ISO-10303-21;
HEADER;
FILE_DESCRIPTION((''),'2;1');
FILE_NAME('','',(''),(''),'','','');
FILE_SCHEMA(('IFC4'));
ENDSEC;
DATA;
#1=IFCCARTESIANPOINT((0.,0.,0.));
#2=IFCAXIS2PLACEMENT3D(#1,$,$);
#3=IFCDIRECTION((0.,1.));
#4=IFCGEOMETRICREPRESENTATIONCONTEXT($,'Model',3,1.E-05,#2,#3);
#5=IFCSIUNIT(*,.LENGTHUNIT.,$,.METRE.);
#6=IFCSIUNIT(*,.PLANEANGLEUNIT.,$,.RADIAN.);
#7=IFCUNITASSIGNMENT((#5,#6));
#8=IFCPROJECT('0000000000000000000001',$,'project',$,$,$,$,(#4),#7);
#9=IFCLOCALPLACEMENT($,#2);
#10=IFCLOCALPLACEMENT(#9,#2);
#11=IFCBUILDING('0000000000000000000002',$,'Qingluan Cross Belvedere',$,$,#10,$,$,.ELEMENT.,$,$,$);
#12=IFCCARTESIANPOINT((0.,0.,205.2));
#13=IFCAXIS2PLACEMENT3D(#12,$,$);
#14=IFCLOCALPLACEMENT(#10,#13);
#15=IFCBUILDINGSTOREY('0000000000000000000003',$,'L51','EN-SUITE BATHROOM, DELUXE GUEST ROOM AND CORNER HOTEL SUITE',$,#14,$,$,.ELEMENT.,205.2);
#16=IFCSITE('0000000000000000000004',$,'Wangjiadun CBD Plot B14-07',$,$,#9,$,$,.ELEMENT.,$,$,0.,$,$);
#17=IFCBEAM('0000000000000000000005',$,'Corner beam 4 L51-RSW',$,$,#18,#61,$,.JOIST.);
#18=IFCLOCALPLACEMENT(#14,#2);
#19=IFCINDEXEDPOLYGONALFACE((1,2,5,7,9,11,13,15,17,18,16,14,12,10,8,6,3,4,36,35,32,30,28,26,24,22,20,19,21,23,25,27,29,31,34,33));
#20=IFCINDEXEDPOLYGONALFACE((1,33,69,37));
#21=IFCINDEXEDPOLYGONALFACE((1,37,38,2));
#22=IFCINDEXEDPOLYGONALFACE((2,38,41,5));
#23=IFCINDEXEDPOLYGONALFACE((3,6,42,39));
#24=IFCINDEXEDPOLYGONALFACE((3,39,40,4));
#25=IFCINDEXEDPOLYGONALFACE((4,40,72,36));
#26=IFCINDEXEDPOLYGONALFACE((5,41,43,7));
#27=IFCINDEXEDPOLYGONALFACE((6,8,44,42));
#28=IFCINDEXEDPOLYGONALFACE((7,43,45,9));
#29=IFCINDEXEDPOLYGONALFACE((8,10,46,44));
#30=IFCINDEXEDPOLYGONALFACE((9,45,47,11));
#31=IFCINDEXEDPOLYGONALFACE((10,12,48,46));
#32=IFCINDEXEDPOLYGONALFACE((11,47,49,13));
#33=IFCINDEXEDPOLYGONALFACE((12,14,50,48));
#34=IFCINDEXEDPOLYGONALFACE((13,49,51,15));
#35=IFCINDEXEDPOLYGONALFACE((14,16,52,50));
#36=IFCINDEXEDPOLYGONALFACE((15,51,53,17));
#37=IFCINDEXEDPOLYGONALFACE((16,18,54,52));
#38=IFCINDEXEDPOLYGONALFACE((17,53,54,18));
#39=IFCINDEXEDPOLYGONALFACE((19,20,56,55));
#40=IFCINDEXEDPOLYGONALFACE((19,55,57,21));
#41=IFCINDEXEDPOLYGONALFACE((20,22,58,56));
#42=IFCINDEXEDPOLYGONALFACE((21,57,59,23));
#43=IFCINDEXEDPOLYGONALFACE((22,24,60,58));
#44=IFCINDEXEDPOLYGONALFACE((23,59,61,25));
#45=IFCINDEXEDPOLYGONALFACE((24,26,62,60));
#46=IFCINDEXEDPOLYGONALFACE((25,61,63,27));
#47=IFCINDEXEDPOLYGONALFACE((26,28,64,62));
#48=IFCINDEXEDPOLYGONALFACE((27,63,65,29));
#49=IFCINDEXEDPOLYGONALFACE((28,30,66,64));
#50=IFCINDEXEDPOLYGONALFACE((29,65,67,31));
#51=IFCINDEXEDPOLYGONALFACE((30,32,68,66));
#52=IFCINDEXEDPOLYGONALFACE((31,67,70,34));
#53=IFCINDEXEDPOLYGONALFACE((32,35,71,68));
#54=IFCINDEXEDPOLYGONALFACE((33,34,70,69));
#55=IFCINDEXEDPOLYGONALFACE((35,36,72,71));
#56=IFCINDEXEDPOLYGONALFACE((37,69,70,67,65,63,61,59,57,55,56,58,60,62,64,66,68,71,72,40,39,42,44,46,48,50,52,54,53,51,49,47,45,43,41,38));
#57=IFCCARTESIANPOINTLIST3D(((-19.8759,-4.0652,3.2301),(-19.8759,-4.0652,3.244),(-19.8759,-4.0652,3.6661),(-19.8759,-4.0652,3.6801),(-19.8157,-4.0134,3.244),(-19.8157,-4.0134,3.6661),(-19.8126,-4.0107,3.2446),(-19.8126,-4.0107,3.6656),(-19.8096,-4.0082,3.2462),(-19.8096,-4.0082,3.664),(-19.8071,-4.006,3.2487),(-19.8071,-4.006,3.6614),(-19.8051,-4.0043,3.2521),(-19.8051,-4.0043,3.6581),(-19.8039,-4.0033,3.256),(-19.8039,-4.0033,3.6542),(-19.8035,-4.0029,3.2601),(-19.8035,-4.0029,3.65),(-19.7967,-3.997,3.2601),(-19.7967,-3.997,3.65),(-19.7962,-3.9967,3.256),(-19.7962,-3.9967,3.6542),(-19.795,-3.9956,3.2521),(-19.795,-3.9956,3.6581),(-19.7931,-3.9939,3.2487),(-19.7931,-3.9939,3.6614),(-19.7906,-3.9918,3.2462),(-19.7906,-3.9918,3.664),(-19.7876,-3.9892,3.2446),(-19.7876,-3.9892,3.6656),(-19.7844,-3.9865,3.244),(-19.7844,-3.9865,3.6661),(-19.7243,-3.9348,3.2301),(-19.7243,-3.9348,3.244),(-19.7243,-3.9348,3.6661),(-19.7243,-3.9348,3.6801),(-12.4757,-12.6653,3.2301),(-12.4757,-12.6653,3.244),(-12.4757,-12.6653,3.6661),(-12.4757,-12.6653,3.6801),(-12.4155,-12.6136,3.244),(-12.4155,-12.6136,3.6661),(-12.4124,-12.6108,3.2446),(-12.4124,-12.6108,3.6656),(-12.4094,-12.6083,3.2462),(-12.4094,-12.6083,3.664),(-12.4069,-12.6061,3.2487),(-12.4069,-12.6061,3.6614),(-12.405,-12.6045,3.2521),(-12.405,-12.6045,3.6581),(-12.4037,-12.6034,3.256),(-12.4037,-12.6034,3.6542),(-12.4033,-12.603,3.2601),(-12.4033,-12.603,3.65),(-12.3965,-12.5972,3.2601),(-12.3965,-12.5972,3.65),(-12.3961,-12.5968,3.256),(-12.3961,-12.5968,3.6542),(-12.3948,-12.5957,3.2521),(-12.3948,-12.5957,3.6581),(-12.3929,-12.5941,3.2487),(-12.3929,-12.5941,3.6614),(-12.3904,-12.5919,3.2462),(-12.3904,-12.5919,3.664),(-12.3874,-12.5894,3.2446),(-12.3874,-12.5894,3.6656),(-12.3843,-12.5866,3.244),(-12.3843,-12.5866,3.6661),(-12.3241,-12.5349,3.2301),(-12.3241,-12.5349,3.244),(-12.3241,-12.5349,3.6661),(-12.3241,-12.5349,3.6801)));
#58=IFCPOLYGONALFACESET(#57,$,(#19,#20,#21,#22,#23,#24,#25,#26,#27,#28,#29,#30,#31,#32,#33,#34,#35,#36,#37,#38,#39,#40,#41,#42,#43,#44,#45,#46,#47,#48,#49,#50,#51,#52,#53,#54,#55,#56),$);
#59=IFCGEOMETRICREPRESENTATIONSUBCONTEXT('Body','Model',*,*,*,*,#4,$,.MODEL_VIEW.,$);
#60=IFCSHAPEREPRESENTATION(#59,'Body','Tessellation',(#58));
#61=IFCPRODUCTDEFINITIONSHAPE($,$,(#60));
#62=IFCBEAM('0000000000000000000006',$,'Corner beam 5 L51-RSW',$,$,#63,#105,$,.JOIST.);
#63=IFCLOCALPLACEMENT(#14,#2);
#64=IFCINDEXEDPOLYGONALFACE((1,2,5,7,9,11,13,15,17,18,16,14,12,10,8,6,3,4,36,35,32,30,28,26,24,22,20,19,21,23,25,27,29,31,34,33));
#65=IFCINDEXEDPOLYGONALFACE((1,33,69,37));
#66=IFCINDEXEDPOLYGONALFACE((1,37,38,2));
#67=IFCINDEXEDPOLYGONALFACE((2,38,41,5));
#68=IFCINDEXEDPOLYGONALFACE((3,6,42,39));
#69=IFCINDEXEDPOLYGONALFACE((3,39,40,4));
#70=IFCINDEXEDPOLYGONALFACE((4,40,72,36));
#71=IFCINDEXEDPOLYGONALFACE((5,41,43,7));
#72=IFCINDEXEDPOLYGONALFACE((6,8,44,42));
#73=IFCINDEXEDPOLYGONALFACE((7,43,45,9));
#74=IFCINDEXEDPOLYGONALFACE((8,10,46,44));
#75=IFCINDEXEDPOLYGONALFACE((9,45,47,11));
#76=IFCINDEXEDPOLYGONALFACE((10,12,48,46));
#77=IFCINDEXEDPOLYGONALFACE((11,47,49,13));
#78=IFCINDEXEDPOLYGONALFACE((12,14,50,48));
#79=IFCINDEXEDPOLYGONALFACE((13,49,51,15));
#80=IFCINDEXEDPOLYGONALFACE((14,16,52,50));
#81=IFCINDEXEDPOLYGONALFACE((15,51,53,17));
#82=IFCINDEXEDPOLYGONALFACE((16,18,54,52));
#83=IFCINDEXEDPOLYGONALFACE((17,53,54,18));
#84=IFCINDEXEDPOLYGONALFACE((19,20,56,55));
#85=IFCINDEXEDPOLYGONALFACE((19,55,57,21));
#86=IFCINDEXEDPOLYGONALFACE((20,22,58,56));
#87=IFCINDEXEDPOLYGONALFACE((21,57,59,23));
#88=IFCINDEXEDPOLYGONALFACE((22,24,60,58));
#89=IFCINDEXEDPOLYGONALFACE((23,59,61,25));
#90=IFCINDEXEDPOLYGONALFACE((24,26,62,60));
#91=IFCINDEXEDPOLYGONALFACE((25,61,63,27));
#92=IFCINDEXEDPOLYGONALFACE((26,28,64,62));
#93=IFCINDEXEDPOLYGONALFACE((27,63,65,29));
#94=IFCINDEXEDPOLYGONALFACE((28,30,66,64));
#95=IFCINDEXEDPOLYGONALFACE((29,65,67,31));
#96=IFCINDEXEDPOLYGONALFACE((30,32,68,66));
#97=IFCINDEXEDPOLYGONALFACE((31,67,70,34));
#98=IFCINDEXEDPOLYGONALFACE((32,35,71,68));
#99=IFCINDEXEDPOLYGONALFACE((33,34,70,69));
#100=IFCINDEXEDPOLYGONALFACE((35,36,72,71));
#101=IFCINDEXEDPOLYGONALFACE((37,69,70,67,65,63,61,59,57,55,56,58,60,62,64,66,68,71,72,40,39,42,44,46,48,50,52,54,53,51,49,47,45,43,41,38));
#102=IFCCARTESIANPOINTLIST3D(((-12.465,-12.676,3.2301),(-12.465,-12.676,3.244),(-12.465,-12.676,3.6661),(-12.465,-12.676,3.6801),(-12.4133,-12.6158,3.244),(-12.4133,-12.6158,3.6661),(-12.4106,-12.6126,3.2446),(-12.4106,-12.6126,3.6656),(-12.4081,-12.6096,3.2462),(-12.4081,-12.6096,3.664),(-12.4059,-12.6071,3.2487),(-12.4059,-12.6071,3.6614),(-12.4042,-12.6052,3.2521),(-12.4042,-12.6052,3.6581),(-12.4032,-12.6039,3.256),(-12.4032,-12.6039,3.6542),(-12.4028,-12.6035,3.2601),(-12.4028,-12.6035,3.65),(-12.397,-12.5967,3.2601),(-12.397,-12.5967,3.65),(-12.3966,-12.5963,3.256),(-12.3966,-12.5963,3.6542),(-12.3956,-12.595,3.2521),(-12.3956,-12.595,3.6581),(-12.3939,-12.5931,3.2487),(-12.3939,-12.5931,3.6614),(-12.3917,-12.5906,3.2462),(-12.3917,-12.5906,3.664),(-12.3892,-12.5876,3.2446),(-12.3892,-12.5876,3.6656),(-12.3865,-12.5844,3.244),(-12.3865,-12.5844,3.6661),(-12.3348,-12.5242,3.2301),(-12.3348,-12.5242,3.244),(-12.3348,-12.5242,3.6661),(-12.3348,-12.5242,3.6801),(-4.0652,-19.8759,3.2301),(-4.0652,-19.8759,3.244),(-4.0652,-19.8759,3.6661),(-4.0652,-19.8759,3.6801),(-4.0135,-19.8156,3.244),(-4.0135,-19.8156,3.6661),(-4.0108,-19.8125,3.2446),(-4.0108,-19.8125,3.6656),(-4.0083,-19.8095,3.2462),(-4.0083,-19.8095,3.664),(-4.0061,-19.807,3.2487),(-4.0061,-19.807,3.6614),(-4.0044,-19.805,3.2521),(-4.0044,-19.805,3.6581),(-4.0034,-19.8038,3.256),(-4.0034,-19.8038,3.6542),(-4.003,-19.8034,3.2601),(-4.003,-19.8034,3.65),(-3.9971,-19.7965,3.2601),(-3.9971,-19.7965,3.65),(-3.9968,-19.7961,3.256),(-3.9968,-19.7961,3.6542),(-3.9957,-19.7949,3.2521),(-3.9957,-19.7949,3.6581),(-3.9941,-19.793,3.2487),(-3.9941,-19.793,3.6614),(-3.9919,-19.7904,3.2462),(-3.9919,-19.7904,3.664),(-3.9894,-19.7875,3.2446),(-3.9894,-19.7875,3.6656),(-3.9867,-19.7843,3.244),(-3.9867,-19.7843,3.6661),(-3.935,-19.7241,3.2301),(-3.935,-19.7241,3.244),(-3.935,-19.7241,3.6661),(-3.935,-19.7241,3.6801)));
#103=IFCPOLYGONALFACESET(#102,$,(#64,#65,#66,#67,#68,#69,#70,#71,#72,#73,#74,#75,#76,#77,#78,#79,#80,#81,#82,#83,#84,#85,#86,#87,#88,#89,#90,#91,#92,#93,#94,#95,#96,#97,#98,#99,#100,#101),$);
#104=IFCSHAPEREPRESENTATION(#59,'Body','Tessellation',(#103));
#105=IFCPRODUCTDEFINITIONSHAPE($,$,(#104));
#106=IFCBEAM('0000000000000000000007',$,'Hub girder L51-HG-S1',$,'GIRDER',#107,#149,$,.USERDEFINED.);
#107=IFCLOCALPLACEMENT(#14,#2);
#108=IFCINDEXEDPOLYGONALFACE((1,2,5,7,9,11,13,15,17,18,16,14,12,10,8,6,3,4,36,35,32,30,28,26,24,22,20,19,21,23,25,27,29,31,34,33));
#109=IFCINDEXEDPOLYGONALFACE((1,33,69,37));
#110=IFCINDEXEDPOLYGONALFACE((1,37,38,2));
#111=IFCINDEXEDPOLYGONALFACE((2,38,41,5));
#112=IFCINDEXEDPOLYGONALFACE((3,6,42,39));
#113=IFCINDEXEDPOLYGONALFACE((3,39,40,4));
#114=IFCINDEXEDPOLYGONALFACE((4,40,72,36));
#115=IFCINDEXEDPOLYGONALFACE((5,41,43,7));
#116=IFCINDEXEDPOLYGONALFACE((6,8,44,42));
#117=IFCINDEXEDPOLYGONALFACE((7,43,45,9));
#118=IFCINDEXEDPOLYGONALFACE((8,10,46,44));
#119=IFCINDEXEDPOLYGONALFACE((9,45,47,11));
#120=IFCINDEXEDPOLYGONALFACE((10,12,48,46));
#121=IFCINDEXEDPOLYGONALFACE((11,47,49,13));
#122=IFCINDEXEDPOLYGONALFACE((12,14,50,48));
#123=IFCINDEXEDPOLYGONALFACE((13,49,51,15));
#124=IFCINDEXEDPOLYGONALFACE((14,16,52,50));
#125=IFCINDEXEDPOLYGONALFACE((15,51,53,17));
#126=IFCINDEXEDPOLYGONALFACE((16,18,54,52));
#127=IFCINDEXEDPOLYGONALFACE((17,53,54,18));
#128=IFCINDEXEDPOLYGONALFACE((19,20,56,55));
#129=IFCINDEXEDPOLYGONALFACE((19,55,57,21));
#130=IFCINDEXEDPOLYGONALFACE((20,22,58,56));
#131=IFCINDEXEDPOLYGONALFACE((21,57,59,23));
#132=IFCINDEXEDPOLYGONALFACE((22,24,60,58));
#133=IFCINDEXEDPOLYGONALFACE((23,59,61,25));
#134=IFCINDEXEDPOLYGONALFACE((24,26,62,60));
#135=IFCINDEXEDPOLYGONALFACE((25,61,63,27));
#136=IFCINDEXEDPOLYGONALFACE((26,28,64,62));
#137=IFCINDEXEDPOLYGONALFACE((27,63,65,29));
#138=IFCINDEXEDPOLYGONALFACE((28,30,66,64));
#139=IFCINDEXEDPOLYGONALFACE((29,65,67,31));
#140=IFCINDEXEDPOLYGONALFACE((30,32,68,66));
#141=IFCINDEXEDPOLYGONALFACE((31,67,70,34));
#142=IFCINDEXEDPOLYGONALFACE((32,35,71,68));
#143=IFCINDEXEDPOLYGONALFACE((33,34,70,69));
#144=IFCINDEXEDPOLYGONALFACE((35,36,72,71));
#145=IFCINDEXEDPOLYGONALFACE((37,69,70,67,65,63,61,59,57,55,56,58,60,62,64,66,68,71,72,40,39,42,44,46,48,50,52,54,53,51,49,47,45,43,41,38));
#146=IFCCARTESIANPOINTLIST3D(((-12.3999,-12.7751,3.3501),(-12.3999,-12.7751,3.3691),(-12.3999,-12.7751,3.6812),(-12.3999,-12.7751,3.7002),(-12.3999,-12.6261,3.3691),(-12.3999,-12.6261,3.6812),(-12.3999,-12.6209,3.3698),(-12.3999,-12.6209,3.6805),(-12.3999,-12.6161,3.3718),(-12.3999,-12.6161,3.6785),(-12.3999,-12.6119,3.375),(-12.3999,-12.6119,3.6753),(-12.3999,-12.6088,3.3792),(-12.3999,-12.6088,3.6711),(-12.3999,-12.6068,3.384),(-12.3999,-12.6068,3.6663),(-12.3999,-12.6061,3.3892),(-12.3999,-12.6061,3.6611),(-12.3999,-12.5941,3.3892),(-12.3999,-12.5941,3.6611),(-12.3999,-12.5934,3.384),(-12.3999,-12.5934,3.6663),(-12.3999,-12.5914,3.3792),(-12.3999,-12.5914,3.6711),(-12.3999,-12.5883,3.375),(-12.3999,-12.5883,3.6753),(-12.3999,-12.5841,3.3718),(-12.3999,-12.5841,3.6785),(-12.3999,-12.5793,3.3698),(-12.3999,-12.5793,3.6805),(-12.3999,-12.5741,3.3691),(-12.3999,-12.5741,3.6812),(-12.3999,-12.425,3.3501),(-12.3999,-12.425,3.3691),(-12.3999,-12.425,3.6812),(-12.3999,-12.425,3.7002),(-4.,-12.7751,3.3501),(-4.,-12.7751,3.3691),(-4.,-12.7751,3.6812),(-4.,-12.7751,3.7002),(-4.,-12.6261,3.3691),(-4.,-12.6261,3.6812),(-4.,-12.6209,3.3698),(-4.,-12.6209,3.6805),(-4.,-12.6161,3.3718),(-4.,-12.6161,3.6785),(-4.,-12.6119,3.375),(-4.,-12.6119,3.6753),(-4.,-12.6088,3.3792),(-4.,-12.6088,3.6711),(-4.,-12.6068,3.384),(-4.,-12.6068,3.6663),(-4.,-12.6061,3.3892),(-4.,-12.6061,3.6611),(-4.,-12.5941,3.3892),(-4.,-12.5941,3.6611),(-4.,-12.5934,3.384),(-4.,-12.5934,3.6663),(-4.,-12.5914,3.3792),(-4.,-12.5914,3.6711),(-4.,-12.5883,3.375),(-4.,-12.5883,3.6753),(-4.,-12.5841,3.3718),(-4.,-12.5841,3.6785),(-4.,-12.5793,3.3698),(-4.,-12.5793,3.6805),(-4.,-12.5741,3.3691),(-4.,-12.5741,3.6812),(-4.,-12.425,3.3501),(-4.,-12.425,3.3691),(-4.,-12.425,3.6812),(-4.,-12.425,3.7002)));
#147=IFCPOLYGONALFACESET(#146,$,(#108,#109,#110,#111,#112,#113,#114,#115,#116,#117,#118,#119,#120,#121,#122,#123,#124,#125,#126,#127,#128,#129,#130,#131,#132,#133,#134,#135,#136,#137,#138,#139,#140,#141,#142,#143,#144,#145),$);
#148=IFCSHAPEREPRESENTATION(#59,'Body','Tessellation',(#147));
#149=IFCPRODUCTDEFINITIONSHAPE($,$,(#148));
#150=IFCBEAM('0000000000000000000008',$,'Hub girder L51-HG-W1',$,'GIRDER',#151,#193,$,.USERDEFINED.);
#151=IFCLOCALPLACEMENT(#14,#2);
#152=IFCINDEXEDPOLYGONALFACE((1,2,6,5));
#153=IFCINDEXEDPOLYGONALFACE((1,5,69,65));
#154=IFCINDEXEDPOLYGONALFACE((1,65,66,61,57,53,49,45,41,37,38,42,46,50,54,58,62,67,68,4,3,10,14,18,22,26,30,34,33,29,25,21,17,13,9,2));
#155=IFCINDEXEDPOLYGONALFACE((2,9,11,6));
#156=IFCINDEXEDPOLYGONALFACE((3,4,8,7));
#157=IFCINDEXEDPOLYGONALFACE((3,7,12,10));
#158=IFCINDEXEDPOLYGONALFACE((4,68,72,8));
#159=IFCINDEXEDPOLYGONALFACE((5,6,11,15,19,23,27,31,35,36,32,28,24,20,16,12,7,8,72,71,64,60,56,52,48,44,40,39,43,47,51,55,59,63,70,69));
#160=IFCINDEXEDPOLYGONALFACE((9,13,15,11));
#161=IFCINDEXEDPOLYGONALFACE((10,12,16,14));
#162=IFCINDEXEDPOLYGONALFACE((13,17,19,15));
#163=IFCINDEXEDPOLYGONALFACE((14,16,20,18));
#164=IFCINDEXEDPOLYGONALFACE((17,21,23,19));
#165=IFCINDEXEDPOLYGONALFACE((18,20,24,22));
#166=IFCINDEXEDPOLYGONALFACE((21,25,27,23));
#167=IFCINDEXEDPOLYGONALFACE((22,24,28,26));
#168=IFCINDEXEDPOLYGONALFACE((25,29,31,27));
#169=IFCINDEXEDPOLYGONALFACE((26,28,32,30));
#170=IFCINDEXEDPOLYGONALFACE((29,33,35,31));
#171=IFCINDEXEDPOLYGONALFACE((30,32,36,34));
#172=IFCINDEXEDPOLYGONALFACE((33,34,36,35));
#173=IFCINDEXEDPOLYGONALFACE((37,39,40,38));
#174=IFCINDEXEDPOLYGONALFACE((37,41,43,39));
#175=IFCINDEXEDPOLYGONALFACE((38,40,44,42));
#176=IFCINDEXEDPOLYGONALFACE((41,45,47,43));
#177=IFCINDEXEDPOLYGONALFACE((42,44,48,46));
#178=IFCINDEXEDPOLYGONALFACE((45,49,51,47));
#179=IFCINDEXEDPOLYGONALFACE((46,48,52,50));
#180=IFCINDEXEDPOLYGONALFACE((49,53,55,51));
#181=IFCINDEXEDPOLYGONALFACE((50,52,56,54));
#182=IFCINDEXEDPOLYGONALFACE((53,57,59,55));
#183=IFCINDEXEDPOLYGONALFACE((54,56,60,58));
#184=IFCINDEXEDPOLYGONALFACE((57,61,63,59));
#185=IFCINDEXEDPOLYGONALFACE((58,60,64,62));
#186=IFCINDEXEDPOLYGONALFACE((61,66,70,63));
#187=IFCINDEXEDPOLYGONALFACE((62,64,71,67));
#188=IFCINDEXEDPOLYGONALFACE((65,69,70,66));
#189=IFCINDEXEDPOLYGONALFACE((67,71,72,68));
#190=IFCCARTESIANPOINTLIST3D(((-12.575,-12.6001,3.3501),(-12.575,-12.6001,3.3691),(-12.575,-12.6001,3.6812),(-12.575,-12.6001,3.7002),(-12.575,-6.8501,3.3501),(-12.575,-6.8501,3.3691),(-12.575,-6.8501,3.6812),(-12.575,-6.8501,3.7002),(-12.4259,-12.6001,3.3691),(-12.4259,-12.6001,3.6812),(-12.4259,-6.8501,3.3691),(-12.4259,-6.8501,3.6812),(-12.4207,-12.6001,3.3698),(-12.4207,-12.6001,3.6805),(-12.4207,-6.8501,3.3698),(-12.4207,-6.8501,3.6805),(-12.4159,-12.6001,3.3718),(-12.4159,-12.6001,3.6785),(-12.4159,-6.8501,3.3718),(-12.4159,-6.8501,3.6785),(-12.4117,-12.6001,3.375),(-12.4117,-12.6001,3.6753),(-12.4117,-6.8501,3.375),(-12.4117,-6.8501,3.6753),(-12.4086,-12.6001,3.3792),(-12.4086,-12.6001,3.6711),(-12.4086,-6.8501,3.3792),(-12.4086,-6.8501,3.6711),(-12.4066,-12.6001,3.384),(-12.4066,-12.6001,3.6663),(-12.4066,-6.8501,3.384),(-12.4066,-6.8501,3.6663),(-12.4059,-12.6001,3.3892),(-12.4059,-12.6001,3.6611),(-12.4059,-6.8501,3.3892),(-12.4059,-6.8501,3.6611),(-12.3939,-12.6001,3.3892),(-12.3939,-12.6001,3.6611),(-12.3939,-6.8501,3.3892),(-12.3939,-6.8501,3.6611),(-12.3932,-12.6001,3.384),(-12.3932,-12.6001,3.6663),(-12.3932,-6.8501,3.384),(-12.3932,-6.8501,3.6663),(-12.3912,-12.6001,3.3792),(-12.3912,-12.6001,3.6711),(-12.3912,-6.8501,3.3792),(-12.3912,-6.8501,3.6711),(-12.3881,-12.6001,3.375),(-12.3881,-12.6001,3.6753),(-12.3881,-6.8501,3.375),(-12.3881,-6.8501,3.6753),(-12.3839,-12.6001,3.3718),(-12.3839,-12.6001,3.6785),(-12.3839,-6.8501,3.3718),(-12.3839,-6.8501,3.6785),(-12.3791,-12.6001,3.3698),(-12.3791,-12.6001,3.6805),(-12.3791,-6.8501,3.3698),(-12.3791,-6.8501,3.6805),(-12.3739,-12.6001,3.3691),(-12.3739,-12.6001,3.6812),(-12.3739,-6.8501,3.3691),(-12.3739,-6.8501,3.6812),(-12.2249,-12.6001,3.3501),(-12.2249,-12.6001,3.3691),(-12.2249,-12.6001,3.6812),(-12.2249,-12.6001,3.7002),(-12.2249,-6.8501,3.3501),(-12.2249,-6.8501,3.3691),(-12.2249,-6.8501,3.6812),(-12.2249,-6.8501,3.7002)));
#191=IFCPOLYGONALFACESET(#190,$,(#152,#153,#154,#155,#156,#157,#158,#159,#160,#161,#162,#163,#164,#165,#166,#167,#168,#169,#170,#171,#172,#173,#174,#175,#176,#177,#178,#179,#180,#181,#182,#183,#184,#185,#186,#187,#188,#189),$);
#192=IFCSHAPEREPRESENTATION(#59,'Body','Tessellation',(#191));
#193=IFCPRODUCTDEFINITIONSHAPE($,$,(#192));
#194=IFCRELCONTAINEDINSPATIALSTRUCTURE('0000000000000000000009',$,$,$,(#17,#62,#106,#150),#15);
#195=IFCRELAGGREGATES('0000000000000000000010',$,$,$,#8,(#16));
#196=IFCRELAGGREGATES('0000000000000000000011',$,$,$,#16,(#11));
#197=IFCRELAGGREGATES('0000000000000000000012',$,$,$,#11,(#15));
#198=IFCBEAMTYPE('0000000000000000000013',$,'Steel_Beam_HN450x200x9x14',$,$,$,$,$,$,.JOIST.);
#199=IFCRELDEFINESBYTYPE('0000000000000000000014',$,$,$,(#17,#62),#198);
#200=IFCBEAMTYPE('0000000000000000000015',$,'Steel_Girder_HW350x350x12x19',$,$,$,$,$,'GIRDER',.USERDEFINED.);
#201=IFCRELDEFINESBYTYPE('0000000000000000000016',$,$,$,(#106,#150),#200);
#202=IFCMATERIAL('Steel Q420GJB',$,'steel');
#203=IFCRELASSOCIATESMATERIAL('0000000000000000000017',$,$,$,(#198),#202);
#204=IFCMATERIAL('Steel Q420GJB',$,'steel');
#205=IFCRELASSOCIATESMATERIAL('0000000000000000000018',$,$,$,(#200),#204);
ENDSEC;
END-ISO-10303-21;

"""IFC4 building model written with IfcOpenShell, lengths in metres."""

from ifc_helpers import new_model, si_unit, direction, frame, origin, origin_2d, place, context, subcontext, project, spatial, i_section, extrude, material, material_profile, profile_set, type_object, element, save


model = new_model("IFC4")

# Units and contexts
model_context = context("Model", 3, precision=1e-05, world=origin(), true_north=direction((0.0, 1.0)))
body_context = subcontext(model_context, "Body", "Model", "MODEL_VIEW")
ifc_project = project(units=[si_unit("LENGTHUNIT", "METRE"), si_unit("PLANEANGLEUNIT", "RADIAN")], contexts=[model_context])

# Site, building, storey
site_placement = place(None, origin())
site = spatial("IfcSite", under=ifc_project, at=site_placement, Name="Wangjiadun CBD Plot B14-07", CompositionType="ELEMENT", RefElevation=0.0)
building_placement = place(site_placement, origin())
building = spatial("IfcBuilding", under=site, at=building_placement, Name="Qingluan Cross Belvedere", CompositionType="ELEMENT")
storey_placement = place(building_placement, frame((0.0, 0.0, 205.2)))
storey = spatial("IfcBuildingStorey", under=building, at=storey_placement, Name="L51", Description="EN-SUITE BATHROOM, DELUXE GUEST ROOM AND CORNER HOTEL SUITE", CompositionType="ELEMENT", Elevation=205.2)

# Beams
ifc_material_1 = material(Name="Steel Q420GJB", Category="steel")
ifc_material_profile_1 = material_profile(ifc_material_1, i_section(OverallWidth=0.2, OverallDepth=0.45, WebThickness=0.009, FlangeThickness=0.0139, FilletRadius=0.0161, at=origin_2d()), Name="HN450x200x9x14")
ifc_profile_set_1 = profile_set([ifc_material_profile_1], Name="Steel Q420GJB")
beam_type_1 = type_object("IfcBeamType", Name="Steel_Beam_HN450x200x9x14", PredefinedType="JOIST", material=ifc_profile_set_1)
beam_1_placement = place(storey_placement, frame((-12.3999, -12.6001, 3.4551), z_axis=(-0.652245, 0.758008, 0.0), x_axis=(-0.758008, -0.652245, 0.0)))
element("IfcBeam", 1, at=beam_1_placement, inside=storey, type_object=beam_type_1, Name="Corner beam 4 L51-RSW", PredefinedType="JOIST", context=body_context, shape_type="SweptSolid", body=[
    extrude(i_section(OverallWidth=0.2, OverallDepth=0.45, WebThickness=0.009, FlangeThickness=0.0139, FilletRadius=0.0161, at=origin_2d()), origin(), (0.0, 0.0, 1.0), 11.3457),
])
beam_2_placement = place(storey_placement, frame((-12.3999, -12.6001, 3.4551), z_axis=(0.759255, -0.650793, 0.0), x_axis=(0.650793, 0.759255, 0.0)))
element("IfcBeam", 2, at=beam_2_placement, inside=storey, type_object=beam_type_1, Name="Corner beam 5 L51-RSW", PredefinedType="JOIST", context=body_context, shape_type="SweptSolid", body=[
    extrude(i_section(OverallWidth=0.2, OverallDepth=0.45, WebThickness=0.009, FlangeThickness=0.0139, FilletRadius=0.0161, at=origin_2d()), origin(), (0.0, 0.0, 1.0), 11.0632),
])
ifc_material_2 = material(Name="Steel Q420GJB", Category="steel")
ifc_material_profile_2 = material_profile(ifc_material_2, i_section(OverallWidth=0.3501, OverallDepth=0.3501, WebThickness=0.012, FlangeThickness=0.019, FilletRadius=0.02, at=origin_2d()), Name="HW350x350x12x19")
ifc_profile_set_2 = profile_set([ifc_material_profile_2], Name="Steel Q420GJB")
beam_type_2 = type_object("IfcBeamType", Name="Steel_Girder_HW350x350x12x19", ElementType="GIRDER", PredefinedType="USERDEFINED", material=ifc_profile_set_2)
beam_3_placement = place(storey_placement, frame((-12.3999, -12.6001, 3.5251), z_axis=(1.0, 0.0, 0.0), x_axis=(0.0, 1.0, 0.0)))
element("IfcBeam", 3, at=beam_3_placement, inside=storey, type_object=beam_type_2, Name="Hub girder L51-HG-S1", ObjectType="GIRDER", PredefinedType="USERDEFINED", context=body_context, shape_type="SweptSolid", body=[
    extrude(i_section(OverallWidth=0.3501, OverallDepth=0.3501, WebThickness=0.012, FlangeThickness=0.019, FilletRadius=0.02, at=origin_2d()), origin(), (0.0, 0.0, 1.0), 8.3999),
])
beam_4_placement = place(storey_placement, frame((-12.3999, -12.6001, 3.5251), z_axis=(0.0, 1.0, 0.0), x_axis=(-1.0, 0.0, 0.0)))
element("IfcBeam", 4, at=beam_4_placement, inside=storey, type_object=beam_type_2, Name="Hub girder L51-HG-W1", ObjectType="GIRDER", PredefinedType="USERDEFINED", context=body_context, shape_type="SweptSolid", body=[
    extrude(i_section(OverallWidth=0.3501, OverallDepth=0.3501, WebThickness=0.012, FlangeThickness=0.019, FilletRadius=0.02, at=origin_2d()), origin(), (0.0, 0.0, 1.0), 5.75),
])

save(model, "model.ifc")
